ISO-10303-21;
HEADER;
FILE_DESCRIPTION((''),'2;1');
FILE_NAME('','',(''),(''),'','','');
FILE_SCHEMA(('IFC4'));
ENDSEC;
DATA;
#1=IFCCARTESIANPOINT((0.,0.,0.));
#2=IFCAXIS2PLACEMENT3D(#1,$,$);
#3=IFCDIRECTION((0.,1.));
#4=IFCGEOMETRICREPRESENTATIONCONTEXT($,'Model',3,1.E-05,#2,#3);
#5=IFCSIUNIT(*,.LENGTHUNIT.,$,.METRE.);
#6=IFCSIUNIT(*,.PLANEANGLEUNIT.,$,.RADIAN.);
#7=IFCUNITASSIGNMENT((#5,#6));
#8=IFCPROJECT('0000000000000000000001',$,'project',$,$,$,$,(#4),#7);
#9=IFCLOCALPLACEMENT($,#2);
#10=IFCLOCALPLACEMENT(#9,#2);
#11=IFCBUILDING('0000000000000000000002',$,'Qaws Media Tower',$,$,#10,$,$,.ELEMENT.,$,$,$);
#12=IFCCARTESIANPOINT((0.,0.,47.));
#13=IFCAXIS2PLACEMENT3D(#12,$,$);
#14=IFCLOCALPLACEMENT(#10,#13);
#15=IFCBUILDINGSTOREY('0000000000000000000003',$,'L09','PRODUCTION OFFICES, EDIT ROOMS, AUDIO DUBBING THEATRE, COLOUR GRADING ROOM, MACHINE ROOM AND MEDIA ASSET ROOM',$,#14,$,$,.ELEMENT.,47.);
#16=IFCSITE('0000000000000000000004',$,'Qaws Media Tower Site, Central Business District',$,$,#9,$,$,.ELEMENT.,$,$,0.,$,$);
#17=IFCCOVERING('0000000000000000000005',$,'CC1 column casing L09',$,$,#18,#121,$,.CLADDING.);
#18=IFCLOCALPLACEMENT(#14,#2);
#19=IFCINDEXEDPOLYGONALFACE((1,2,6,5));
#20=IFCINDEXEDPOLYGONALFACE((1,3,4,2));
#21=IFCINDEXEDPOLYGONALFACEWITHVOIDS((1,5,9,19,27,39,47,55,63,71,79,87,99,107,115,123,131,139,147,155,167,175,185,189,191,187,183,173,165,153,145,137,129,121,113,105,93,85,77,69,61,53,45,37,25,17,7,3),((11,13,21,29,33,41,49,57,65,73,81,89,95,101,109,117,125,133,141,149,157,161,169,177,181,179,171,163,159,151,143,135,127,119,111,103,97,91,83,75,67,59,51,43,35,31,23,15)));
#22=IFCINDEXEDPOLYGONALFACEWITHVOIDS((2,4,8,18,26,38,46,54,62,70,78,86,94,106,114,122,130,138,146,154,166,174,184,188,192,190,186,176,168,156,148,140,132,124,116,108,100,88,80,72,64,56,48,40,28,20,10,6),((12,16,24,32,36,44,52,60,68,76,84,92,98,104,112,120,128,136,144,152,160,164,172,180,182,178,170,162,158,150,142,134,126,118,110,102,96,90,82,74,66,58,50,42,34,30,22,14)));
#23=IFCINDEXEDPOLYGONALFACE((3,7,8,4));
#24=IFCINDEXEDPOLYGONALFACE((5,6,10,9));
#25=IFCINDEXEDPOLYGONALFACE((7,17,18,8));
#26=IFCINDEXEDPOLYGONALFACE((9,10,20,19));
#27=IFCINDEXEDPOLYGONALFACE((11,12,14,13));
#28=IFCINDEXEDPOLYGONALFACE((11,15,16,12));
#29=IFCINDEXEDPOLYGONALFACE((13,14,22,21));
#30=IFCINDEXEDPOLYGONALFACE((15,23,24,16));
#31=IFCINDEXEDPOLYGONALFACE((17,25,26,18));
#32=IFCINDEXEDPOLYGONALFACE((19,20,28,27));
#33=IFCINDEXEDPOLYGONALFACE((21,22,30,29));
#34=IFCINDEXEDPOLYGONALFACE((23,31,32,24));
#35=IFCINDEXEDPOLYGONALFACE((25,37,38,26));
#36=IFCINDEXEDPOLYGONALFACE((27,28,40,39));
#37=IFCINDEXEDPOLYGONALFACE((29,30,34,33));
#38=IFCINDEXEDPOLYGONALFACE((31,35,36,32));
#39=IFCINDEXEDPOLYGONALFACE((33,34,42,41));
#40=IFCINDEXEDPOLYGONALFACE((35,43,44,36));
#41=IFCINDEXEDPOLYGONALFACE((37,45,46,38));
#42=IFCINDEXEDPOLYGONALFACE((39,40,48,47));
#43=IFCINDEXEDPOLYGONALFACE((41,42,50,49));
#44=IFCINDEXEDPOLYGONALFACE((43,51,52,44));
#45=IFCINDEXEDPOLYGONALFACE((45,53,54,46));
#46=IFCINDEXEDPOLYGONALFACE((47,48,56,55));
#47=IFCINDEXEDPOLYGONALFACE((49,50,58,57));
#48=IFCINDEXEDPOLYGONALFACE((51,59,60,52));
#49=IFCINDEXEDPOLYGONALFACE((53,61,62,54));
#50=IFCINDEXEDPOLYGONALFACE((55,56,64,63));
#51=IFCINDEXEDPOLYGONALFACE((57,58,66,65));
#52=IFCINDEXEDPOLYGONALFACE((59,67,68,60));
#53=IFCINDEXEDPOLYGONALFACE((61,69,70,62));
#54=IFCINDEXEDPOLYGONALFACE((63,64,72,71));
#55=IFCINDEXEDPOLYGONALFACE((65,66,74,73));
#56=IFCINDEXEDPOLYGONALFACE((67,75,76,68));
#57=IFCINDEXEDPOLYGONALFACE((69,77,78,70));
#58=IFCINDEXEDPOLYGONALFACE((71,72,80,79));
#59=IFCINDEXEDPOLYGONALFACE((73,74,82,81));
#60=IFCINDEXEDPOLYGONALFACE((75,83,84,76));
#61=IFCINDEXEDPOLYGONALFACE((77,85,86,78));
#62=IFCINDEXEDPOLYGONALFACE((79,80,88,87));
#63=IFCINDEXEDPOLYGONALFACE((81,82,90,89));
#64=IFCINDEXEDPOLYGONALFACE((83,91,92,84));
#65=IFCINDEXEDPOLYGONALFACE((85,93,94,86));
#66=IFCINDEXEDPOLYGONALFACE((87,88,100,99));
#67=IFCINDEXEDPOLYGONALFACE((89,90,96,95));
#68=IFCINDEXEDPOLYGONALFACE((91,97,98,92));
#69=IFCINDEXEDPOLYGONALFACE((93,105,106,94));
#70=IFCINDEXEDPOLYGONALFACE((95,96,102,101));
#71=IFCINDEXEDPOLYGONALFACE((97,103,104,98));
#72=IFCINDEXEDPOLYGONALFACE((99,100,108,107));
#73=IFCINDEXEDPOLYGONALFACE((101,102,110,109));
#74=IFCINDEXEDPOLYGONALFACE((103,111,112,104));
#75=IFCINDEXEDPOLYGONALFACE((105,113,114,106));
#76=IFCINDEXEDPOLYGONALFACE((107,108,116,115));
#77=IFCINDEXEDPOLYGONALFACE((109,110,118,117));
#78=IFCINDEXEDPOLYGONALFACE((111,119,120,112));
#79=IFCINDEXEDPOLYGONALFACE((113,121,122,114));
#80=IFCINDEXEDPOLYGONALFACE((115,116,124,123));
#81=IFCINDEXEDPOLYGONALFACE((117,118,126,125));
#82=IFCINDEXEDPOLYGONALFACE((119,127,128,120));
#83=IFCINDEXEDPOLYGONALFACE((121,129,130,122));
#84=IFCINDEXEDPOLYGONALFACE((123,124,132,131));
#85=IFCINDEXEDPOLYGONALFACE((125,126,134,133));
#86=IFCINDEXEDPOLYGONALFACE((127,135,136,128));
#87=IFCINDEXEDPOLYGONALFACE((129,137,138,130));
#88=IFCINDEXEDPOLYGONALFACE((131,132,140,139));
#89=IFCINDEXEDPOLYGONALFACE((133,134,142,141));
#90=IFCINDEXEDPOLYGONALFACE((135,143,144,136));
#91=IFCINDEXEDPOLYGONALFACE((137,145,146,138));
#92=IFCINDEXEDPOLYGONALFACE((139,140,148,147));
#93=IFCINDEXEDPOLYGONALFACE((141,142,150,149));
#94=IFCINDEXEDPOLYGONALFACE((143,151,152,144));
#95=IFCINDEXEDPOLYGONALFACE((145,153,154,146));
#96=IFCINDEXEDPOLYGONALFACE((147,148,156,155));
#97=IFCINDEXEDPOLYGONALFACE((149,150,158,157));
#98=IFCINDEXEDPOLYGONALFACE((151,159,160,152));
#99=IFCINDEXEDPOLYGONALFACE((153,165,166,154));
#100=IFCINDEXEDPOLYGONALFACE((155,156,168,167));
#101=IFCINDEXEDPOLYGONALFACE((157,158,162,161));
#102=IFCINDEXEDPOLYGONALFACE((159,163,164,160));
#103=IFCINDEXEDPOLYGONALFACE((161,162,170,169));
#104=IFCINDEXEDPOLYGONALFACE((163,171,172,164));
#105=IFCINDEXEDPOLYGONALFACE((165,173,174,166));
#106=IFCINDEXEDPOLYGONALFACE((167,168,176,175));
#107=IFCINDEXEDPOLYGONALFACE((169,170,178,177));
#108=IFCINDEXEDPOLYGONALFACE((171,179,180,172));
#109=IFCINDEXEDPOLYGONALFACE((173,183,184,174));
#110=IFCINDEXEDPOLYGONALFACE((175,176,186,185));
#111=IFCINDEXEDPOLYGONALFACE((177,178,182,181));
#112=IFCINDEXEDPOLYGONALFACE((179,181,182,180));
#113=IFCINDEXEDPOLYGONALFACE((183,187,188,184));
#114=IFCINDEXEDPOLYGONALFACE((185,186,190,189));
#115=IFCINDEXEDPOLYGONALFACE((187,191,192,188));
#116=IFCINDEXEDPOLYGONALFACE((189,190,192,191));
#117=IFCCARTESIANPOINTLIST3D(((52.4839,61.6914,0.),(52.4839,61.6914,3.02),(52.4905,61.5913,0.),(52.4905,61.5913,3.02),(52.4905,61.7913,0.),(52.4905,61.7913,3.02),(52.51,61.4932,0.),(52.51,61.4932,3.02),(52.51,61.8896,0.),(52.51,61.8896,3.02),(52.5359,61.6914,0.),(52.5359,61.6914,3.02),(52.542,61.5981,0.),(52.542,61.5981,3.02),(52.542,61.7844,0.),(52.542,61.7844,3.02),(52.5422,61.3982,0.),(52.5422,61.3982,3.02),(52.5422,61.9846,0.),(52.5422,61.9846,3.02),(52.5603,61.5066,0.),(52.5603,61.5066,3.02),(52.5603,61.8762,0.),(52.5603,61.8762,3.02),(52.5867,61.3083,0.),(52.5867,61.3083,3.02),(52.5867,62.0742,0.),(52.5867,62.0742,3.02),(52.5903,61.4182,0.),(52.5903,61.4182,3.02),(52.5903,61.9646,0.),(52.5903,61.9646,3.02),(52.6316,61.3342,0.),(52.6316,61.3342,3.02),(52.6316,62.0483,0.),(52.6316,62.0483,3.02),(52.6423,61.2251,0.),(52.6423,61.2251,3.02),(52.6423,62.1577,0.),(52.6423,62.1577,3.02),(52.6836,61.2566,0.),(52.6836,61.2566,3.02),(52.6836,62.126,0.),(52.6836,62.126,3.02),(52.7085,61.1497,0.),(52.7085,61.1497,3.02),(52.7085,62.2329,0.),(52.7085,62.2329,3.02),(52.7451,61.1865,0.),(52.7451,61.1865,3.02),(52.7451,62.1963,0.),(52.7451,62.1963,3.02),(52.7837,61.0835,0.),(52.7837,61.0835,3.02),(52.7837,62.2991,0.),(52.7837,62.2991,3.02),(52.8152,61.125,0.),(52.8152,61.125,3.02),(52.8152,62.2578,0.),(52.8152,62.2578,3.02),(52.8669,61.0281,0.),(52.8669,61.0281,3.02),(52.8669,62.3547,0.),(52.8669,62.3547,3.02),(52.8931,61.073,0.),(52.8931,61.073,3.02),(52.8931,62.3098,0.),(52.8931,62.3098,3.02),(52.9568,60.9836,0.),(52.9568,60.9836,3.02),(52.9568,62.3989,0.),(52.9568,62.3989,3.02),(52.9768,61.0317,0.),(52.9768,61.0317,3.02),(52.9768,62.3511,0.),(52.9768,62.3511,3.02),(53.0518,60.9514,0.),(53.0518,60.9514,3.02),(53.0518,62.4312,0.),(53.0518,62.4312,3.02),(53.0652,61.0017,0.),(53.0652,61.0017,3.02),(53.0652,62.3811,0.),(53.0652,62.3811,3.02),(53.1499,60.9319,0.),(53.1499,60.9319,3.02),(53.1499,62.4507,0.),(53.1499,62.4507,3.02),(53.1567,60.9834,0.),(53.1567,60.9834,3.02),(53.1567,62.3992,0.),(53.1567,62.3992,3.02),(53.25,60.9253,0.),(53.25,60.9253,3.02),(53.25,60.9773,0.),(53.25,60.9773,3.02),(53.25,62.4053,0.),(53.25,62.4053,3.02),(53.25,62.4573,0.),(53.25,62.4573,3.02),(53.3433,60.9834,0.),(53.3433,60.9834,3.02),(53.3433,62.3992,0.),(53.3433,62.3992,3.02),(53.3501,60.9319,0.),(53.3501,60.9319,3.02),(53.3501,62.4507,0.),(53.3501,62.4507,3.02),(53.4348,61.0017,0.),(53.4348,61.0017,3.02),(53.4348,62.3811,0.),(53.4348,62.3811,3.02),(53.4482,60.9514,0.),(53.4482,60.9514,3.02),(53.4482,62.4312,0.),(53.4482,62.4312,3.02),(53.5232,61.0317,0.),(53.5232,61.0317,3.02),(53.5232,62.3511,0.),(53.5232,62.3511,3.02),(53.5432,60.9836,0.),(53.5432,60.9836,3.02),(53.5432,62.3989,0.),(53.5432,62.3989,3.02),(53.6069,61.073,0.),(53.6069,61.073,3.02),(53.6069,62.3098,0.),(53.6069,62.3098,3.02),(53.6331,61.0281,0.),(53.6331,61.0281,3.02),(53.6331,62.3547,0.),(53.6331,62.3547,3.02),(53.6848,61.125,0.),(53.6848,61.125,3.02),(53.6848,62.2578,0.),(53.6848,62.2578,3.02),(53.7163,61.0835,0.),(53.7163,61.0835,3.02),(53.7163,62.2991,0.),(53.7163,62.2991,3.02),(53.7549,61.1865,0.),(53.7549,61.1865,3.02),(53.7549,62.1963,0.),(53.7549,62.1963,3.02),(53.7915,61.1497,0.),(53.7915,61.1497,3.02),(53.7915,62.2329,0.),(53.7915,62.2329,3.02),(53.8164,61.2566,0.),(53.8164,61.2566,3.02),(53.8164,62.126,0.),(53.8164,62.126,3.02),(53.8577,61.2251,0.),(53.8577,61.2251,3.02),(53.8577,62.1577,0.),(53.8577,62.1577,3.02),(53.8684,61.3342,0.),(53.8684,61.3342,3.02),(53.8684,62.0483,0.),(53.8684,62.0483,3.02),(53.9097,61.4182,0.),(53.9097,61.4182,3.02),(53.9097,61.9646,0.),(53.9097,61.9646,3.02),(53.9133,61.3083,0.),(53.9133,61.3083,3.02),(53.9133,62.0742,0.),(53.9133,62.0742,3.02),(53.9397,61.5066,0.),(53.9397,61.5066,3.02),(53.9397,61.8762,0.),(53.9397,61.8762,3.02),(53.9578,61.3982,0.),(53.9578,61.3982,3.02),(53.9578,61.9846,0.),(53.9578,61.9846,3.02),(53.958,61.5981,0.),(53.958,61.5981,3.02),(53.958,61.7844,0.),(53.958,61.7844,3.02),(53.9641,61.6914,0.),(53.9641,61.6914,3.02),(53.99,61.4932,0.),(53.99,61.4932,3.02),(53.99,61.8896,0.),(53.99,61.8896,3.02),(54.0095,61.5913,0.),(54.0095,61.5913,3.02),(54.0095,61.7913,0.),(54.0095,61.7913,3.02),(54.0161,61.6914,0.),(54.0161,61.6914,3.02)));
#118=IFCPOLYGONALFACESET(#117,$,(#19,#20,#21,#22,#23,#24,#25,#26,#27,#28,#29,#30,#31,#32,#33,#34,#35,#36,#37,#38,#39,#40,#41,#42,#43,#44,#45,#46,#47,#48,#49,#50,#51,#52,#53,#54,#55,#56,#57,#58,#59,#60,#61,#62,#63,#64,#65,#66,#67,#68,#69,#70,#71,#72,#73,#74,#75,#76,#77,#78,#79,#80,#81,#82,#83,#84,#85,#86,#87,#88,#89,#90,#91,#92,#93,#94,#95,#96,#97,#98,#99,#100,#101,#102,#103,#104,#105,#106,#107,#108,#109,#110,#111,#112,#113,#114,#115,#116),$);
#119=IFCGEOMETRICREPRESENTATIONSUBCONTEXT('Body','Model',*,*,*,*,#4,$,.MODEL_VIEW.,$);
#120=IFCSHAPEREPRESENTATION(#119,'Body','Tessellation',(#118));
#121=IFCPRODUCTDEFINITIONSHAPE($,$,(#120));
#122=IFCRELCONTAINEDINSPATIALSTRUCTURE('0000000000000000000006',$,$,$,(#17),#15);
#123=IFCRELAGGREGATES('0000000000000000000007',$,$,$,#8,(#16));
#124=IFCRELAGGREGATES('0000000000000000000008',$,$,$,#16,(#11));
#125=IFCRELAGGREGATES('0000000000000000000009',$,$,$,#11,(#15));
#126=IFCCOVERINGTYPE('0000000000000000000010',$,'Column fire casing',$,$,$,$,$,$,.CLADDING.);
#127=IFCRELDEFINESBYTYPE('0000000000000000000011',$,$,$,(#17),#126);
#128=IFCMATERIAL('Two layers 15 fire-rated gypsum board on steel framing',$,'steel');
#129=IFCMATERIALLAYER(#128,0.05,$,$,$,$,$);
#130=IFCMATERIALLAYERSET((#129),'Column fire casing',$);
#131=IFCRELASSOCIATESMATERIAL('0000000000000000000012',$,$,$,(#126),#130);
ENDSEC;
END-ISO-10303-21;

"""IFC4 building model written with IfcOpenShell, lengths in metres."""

from ifc_helpers import new_model, si_unit, direction, frame, origin, place, context, subcontext, project, spatial, polyline, outline, extrude, material, layer, layer_set, type_object, element, save


model = new_model("IFC4")

# Units and contexts
model_context = context("Model", 3, precision=1e-05, world=origin(), true_north=direction((0.0, 1.0)))
body_context = subcontext(model_context, "Body", "Model", "MODEL_VIEW")
ifc_project = project(units=[si_unit("LENGTHUNIT", "METRE"), si_unit("PLANEANGLEUNIT", "RADIAN")], contexts=[model_context])

# Site, building, storey
site_placement = place(None, origin())
site = spatial("IfcSite", under=ifc_project, at=site_placement, Name="Qaws Media Tower Site, Central Business District", CompositionType="ELEMENT", RefElevation=0.0)
building_placement = place(site_placement, origin())
building = spatial("IfcBuilding", under=site, at=building_placement, Name="Qaws Media Tower", CompositionType="ELEMENT")
storey_placement = place(building_placement, frame((0.0, 0.0, 47.0)))
storey = spatial("IfcBuildingStorey", under=building, at=storey_placement, Name="L09", Description="PRODUCTION OFFICES, EDIT ROOMS, AUDIO DUBBING THEATRE, COLOUR GRADING ROOM, MACHINE ROOM AND MEDIA ASSET ROOM", CompositionType="ELEMENT", Elevation=47.0)

# Covering
ifc_material_1 = material(Name="Two layers 15 fire-rated gypsum board on steel framing", Category="steel")
ifc_layer_1 = layer(ifc_material_1, 0.05)
ifc_layer_set_1 = layer_set([ifc_layer_1], Name="Column fire casing")
covering_type = type_object("IfcCoveringType", Name="Column fire casing", PredefinedType="CLADDING", material=ifc_layer_set_1)
covering_1_placement = place(storey_placement, origin())
element("IfcCovering", 1, at=covering_1_placement, inside=storey, type_object=covering_type, Name="CC1 column casing L09", PredefinedType="CLADDING", context=body_context, shape_type="SweptSolid", body=[
    extrude(outline(polyline([(54.0161, 61.6914), (54.0095, 61.5913), (53.99, 61.4932), (53.9578, 61.3982), (53.9133, 61.3083), (53.8577, 61.2251), (53.7915, 61.1497), (53.7163, 61.0835), (53.6331, 61.0281), (53.5432, 60.9836), (53.4482, 60.9514), (53.3501, 60.9319), (53.25, 60.9253), (53.1499, 60.9319), (53.0518, 60.9514), (52.9568, 60.9836), (52.8669, 61.0281), (52.7837, 61.0835), (52.7085, 61.1497), (52.6423, 61.2251), (52.5867, 61.3083), (52.5422, 61.3982), (52.51, 61.4932), (52.4905, 61.5913), (52.4839, 61.6914), (52.4905, 61.7913), (52.51, 61.8896), (52.5422, 61.9846), (52.5867, 62.0742), (52.6423, 62.1577), (52.7085, 62.2329), (52.7837, 62.2991), (52.8669, 62.3547), (52.9568, 62.3989), (53.0518, 62.4312), (53.1499, 62.4507), (53.25, 62.4573), (53.3501, 62.4507), (53.4482, 62.4312), (53.5432, 62.3989), (53.6331, 62.3547), (53.7163, 62.2991), (53.7915, 62.2329), (53.8577, 62.1577), (53.9133, 62.0742), (53.9578, 61.9846), (53.99, 61.8896), (54.0095, 61.7913), (54.0161, 61.6914)]), holes=[polyline([(53.9641, 61.6914), (53.958, 61.5981), (53.9397, 61.5066), (53.9097, 61.4182), (53.8684, 61.3342), (53.8164, 61.2566), (53.7549, 61.1865), (53.6848, 61.125), (53.6069, 61.073), (53.5232, 61.0317), (53.4348, 61.0017), (53.3433, 60.9834), (53.25, 60.9773), (53.1567, 60.9834), (53.0652, 61.0017), (52.9768, 61.0317), (52.8931, 61.073), (52.8152, 61.125), (52.7451, 61.1865), (52.6836, 61.2566), (52.6316, 61.3342), (52.5903, 61.4182), (52.5603, 61.5066), (52.542, 61.5981), (52.5359, 61.6914), (52.542, 61.7844), (52.5603, 61.8762), (52.5903, 61.9646), (52.6316, 62.0483), (52.6836, 62.126), (52.7451, 62.1963), (52.8152, 62.2578), (52.8931, 62.3098), (52.9768, 62.3511), (53.0652, 62.3811), (53.1567, 62.3992), (53.25, 62.4053), (53.3433, 62.3992), (53.4348, 62.3811), (53.5232, 62.3511), (53.6069, 62.3098), (53.6848, 62.2578), (53.7549, 62.1963), (53.8164, 62.126), (53.8684, 62.0483), (53.9097, 61.9646), (53.9397, 61.8762), (53.958, 61.7844), (53.9641, 61.6914)])]), origin(), (0.0, 0.0, 1.0), 3.02),
])

save(model, "model.ifc")
